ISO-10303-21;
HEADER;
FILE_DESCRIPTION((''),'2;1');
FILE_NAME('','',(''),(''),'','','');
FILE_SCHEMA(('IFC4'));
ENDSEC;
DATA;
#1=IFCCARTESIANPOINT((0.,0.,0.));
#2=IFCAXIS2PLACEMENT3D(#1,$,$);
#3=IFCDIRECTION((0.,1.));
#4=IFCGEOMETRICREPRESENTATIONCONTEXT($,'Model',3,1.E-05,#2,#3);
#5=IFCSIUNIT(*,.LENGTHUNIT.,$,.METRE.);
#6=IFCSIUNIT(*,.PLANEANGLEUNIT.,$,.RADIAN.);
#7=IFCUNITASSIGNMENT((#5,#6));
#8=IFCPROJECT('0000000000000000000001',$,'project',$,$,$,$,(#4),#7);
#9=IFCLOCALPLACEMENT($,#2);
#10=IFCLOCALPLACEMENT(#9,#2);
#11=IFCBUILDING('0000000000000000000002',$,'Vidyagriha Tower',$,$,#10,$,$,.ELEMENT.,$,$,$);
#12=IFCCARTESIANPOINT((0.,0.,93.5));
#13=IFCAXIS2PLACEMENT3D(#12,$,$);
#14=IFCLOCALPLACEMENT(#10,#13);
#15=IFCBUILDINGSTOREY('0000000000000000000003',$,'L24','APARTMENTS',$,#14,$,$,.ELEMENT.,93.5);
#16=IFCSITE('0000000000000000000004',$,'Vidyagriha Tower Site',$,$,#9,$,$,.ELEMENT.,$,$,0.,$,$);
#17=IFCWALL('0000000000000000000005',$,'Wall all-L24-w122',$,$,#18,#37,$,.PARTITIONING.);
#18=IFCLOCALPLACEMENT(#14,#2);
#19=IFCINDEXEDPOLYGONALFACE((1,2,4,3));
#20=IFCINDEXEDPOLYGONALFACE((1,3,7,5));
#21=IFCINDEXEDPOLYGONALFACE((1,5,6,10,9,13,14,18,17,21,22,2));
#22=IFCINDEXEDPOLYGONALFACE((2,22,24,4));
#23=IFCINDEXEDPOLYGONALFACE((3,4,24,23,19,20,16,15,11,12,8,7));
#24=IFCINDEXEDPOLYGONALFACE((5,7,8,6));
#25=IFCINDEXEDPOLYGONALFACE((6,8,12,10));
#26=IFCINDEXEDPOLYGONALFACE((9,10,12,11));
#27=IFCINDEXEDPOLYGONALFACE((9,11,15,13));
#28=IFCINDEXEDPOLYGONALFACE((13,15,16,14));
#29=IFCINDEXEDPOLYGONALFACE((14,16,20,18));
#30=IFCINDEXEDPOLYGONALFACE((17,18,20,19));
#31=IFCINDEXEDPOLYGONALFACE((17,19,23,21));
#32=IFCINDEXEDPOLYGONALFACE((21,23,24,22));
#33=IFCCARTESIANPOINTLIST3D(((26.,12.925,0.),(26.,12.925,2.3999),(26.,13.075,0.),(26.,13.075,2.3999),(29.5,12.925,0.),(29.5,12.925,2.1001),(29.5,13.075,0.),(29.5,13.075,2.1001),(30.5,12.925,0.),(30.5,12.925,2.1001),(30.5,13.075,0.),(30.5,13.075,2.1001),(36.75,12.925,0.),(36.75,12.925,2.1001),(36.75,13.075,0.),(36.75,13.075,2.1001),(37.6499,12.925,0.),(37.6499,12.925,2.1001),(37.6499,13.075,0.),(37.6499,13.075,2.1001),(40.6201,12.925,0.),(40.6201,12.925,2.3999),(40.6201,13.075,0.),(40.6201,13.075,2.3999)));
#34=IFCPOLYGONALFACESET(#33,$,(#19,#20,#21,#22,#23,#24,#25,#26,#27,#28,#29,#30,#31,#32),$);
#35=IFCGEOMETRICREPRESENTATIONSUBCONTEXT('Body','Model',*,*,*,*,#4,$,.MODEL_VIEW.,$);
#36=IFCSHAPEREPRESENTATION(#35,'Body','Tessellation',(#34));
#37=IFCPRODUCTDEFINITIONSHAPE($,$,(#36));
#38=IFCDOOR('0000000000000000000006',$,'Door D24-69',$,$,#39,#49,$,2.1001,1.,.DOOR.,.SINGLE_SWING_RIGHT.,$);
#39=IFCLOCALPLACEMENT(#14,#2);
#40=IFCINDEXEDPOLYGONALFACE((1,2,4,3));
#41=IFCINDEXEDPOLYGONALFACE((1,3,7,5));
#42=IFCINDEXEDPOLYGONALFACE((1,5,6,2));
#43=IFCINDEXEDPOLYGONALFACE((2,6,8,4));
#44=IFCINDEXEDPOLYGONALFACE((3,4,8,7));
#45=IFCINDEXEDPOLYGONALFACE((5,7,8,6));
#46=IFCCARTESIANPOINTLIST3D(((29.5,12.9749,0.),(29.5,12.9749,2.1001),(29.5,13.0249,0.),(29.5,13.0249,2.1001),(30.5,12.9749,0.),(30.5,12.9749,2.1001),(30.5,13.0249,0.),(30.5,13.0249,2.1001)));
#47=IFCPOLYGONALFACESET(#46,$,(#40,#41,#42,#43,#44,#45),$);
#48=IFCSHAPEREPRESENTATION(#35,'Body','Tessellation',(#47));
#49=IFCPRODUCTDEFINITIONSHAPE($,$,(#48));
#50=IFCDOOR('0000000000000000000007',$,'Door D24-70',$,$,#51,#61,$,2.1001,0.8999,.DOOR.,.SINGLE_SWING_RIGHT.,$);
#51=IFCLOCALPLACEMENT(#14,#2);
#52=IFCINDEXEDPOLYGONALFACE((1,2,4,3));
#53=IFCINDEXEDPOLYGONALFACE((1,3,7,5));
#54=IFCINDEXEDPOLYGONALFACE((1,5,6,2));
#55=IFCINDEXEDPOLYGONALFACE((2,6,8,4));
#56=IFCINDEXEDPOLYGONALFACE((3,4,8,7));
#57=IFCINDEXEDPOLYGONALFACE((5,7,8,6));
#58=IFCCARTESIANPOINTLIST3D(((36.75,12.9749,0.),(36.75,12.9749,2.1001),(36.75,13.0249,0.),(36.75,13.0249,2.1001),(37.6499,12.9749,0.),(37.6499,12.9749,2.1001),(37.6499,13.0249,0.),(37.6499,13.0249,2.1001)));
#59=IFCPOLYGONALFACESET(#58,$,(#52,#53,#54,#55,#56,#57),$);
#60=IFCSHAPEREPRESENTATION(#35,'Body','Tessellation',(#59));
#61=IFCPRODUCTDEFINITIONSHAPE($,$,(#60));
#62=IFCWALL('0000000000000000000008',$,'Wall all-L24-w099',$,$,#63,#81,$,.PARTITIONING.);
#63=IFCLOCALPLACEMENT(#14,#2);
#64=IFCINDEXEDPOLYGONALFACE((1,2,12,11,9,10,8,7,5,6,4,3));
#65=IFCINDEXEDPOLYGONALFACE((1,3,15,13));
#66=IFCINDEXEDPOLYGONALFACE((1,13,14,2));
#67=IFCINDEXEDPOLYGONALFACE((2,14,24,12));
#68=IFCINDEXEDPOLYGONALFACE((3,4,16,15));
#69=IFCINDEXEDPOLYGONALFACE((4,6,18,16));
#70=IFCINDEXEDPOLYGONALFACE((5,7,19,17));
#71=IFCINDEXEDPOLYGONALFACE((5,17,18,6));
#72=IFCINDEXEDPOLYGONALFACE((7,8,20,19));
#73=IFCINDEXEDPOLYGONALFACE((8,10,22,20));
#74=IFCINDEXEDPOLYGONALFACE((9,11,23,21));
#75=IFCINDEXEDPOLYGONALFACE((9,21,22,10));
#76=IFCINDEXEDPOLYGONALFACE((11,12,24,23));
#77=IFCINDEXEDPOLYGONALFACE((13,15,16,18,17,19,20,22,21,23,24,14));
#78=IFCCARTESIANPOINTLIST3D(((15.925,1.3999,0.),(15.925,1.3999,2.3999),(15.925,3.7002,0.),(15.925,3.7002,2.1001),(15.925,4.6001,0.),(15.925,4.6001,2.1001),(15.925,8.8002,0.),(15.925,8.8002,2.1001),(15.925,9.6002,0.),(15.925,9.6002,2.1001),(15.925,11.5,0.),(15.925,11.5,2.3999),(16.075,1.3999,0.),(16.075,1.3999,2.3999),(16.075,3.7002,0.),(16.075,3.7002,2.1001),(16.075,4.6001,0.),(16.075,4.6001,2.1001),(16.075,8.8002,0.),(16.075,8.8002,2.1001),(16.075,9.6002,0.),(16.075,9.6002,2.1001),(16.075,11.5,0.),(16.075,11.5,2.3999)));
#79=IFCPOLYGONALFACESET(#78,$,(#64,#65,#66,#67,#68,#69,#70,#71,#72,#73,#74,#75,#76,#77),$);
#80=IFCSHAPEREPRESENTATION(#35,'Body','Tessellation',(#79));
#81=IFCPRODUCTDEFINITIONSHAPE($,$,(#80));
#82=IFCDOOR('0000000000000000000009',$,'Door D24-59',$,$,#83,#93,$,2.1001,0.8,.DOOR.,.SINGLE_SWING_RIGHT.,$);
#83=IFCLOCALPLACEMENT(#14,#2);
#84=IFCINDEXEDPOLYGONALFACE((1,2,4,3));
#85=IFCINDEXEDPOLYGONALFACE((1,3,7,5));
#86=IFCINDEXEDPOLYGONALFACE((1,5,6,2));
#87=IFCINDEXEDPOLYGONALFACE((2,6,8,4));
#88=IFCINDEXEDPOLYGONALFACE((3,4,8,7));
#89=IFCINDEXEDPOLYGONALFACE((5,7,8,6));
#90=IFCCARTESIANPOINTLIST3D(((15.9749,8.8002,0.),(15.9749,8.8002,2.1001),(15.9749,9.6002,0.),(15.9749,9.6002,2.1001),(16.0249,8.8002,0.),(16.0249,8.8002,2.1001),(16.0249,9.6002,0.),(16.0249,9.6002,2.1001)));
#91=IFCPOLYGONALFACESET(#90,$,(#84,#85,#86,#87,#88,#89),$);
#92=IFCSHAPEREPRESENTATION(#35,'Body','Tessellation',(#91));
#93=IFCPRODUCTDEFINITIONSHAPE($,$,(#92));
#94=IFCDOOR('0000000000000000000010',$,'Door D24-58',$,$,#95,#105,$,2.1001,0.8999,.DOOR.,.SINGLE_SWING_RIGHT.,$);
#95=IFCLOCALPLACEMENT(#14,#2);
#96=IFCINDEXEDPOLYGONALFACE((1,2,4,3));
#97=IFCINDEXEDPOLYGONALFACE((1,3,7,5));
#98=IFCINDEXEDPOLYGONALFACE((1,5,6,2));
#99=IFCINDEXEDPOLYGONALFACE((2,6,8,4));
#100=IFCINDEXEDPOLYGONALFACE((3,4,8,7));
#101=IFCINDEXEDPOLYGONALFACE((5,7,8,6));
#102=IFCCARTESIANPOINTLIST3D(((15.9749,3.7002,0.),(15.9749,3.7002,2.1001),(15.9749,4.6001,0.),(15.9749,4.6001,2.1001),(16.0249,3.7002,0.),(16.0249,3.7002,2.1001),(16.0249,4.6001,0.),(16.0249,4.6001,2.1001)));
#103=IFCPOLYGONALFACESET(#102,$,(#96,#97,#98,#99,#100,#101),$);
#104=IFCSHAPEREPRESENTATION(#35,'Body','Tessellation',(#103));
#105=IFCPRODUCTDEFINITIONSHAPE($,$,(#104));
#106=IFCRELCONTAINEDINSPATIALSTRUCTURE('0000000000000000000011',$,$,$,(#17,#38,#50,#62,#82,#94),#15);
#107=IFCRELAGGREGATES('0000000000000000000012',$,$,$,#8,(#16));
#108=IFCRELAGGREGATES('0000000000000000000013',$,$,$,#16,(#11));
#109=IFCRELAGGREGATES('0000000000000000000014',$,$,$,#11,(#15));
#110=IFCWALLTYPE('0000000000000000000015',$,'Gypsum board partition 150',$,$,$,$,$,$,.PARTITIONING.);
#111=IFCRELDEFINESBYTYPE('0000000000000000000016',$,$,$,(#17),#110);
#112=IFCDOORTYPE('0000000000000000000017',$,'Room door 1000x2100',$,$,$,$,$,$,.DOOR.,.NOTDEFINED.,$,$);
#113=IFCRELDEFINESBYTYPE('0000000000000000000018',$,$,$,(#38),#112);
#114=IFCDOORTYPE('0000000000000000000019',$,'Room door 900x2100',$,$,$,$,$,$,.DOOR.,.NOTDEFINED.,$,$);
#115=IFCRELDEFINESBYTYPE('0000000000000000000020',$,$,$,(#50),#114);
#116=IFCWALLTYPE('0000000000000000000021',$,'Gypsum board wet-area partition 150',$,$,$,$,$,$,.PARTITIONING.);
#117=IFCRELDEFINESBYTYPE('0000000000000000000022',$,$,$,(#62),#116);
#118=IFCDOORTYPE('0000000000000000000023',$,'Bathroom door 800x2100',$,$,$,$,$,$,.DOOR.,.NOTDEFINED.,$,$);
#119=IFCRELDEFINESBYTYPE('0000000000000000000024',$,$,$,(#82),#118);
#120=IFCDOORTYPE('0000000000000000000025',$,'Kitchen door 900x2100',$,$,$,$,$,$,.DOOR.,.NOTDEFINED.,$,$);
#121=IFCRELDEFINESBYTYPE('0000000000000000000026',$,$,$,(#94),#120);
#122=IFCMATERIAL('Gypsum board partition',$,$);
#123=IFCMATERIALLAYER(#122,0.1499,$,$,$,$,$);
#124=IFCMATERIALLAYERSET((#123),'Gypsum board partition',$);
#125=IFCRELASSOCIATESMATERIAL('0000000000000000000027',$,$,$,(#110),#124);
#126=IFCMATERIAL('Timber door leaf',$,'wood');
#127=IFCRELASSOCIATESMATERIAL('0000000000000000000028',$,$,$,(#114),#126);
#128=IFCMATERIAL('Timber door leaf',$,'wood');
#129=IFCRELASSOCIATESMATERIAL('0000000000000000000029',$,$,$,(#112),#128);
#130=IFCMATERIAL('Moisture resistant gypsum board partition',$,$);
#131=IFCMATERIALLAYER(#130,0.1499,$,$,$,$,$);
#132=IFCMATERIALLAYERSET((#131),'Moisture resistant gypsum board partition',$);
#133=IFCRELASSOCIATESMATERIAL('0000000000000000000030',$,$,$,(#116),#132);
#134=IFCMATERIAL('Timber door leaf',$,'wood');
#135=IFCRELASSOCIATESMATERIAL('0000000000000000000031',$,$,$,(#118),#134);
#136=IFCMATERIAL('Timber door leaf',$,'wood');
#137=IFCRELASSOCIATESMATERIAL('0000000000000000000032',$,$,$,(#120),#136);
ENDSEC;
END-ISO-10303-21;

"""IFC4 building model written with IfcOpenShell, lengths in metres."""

from ifc_helpers import new_model, si_unit, direction, frame, frame_2d, origin, place, context, subcontext, project, spatial, rectangle, extrude, material, layer, layer_set, type_object, element, fill, save


model = new_model("IFC4")

# Units and contexts
model_context = context("Model", 3, precision=1e-05, world=origin(), true_north=direction((0.0, 1.0)))
body_context = subcontext(model_context, "Body", "Model", "MODEL_VIEW")
ifc_project = project(units=[si_unit("LENGTHUNIT", "METRE"), si_unit("PLANEANGLEUNIT", "RADIAN")], contexts=[model_context])

# Site, building, storey
site_placement = place(None, origin())
site = spatial("IfcSite", under=ifc_project, at=site_placement, Name="Vidyagriha Tower Site", CompositionType="ELEMENT", RefElevation=0.0)
building_placement = place(site_placement, origin())
building = spatial("IfcBuilding", under=site, at=building_placement, Name="Vidyagriha Tower", CompositionType="ELEMENT")
storey_placement = place(building_placement, frame((0.0, 0.0, 93.5)))
storey = spatial("IfcBuildingStorey", under=building, at=storey_placement, Name="L24", Description="APARTMENTS", CompositionType="ELEMENT", Elevation=93.5)

# Shared definitions
ifc_material_1 = material(Name="Gypsum board partition")
ifc_layer_1 = layer(ifc_material_1, 0.1499)
ifc_layer_set_1 = layer_set([ifc_layer_1], Name="Gypsum board partition")
wall_type_1 = type_object("IfcWallType", Name="Gypsum board partition 150", PredefinedType="PARTITIONING", material=ifc_layer_set_1)

# Shared definitions
ifc_material_2 = material(Name="Timber door leaf", Category="wood")
door_type_1 = type_object("IfcDoorType", Name="Room door 900x2100", OperationType="NOTDEFINED", PredefinedType="DOOR", material=ifc_material_2)

# Walls, openings, doors
wall_1_placement = place(storey_placement, frame((26.0, 13.0, 0.0)))
wall_1 = element("IfcWall", 1, at=wall_1_placement, inside=storey, type_object=wall_type_1, Name="Wall all-L24-w122", PredefinedType="PARTITIONING", context=body_context, shape_type="SweptSolid", body=[
    extrude(rectangle(XDim=14.6201, YDim=0.1499, at=frame_2d((7.3101, 0.0))), origin(), (0.0, 0.0, 1.0), 2.3999),
])
opening_1_placement = place(wall_1_placement, frame((3.5, 0.0, 0.0)))
opening_1 = element("IfcOpeningElement", 2, at=opening_1_placement, cuts=wall_1, PredefinedType="OPENING", context=body_context, shape_type="SweptSolid", body=[
    extrude(rectangle(XDim=1.0, YDim=2.1001, at=frame_2d((0.5, 1.05))), frame((0.0, 0.085, 0.0), z_axis=(0.0, -1.0, 0.0), x_axis=(1.0, 0.0, 0.0)), (0.0, 0.0, 1.0), 0.1699),
])
opening_2_placement = place(wall_1_placement, frame((10.75, 0.0, 0.0)))
opening_2 = element("IfcOpeningElement", 3, at=opening_2_placement, cuts=wall_1, PredefinedType="OPENING", context=body_context, shape_type="SweptSolid", body=[
    extrude(rectangle(XDim=0.8999, YDim=2.1001, at=frame_2d((0.45, 1.05))), frame((0.0, 0.085, 0.0), z_axis=(0.0, -1.0, 0.0), x_axis=(1.0, 0.0, 0.0)), (0.0, 0.0, 1.0), 0.1699),
])
ifc_material_3 = material(Name="Timber door leaf", Category="wood")
door_type_2 = type_object("IfcDoorType", Name="Room door 1000x2100", OperationType="NOTDEFINED", PredefinedType="DOOR", material=ifc_material_3)
door_1_placement = place(opening_1_placement, origin())
door_1 = element("IfcDoor", 4, at=door_1_placement, inside=storey, type_object=door_type_2, Name="Door D24-69", OperationType="SINGLE_SWING_RIGHT", OverallHeight=2.1001, OverallWidth=1.0, PredefinedType="DOOR", context=body_context, shape_type="SweptSolid", body=[
    extrude(rectangle(XDim=1.0, YDim=2.1001, at=frame_2d((0.5, 1.05))), frame((0.0, 0.0249, 0.0), z_axis=(0.0, -1.0, 0.0), x_axis=(1.0, 0.0, 0.0)), (0.0, 0.0, 1.0), 0.05),
])
fill(opening_1, door_1)
door_2_placement = place(opening_2_placement, origin())
door_2 = element("IfcDoor", 5, at=door_2_placement, inside=storey, type_object=door_type_1, Name="Door D24-70", OperationType="SINGLE_SWING_RIGHT", OverallHeight=2.1001, OverallWidth=0.8999, PredefinedType="DOOR", context=body_context, shape_type="SweptSolid", body=[
    extrude(rectangle(XDim=0.8999, YDim=2.1001, at=frame_2d((0.45, 1.05))), frame((0.0, 0.0249, 0.0), z_axis=(0.0, -1.0, 0.0), x_axis=(1.0, 0.0, 0.0)), (0.0, 0.0, 1.0), 0.05),
])
fill(opening_2, door_2)
ifc_material_4 = material(Name="Moisture resistant gypsum board partition")
ifc_layer_2 = layer(ifc_material_4, 0.1499)
ifc_layer_set_2 = layer_set([ifc_layer_2], Name="Moisture resistant gypsum board partition")
wall_type_2 = type_object("IfcWallType", Name="Gypsum board wet-area partition 150", PredefinedType="PARTITIONING", material=ifc_layer_set_2)
wall_2_placement = place(storey_placement, frame((16.0, 11.5, 0.0), z_axis=(0.0, 0.0, 1.0), x_axis=(0.0, -1.0, 0.0)))
wall_2 = element("IfcWall", 6, at=wall_2_placement, inside=storey, type_object=wall_type_2, Name="Wall all-L24-w099", PredefinedType="PARTITIONING", context=body_context, shape_type="SweptSolid", body=[
    extrude(rectangle(XDim=10.1001, YDim=0.1499, at=frame_2d((5.05, 0.0))), origin(), (0.0, 0.0, 1.0), 2.3999),
])
opening_3_placement = place(wall_2_placement, frame((6.8999, 0.0, 0.0)))
opening_3 = element("IfcOpeningElement", 7, at=opening_3_placement, cuts=wall_2, PredefinedType="OPENING", context=body_context, shape_type="SweptSolid", body=[
    extrude(rectangle(XDim=0.8999, YDim=2.1001, at=frame_2d((0.45, 1.05))), frame((0.0, 0.085, 0.0), z_axis=(0.0, -1.0, 0.0), x_axis=(1.0, 0.0, 0.0)), (0.0, 0.0, 1.0), 0.1699),
])
opening_4_placement = place(wall_2_placement, frame((1.8999, 0.0, 0.0)))
opening_4 = element("IfcOpeningElement", 8, at=opening_4_placement, cuts=wall_2, PredefinedType="OPENING", context=body_context, shape_type="SweptSolid", body=[
    extrude(rectangle(XDim=0.8, YDim=2.1001, at=frame_2d((0.3999, 1.05))), frame((0.0, 0.085, 0.0), z_axis=(0.0, -1.0, 0.0), x_axis=(1.0, 0.0, 0.0)), (0.0, 0.0, 1.0), 0.1699),
])
ifc_material_5 = material(Name="Timber door leaf", Category="wood")
door_type_3 = type_object("IfcDoorType", Name="Bathroom door 800x2100", OperationType="NOTDEFINED", PredefinedType="DOOR", material=ifc_material_5)
door_3_placement = place(opening_4_placement, origin())
door_3 = element("IfcDoor", 9, at=door_3_placement, inside=storey, type_object=door_type_3, Name="Door D24-59", OperationType="SINGLE_SWING_RIGHT", OverallHeight=2.1001, OverallWidth=0.8, PredefinedType="DOOR", context=body_context, shape_type="SweptSolid", body=[
    extrude(rectangle(XDim=0.8, YDim=2.1001, at=frame_2d((0.3999, 1.05))), frame((0.0, 0.0249, 0.0), z_axis=(0.0, -1.0, 0.0), x_axis=(1.0, 0.0, 0.0)), (0.0, 0.0, 1.0), 0.05),
])
fill(opening_4, door_3)
ifc_material_6 = material(Name="Timber door leaf", Category="wood")
door_type_4 = type_object("IfcDoorType", Name="Kitchen door 900x2100", OperationType="NOTDEFINED", PredefinedType="DOOR", material=ifc_material_6)
door_4_placement = place(opening_3_placement, origin())
door_4 = element("IfcDoor", 10, at=door_4_placement, inside=storey, type_object=door_type_4, Name="Door D24-58", OperationType="SINGLE_SWING_RIGHT", OverallHeight=2.1001, OverallWidth=0.8999, PredefinedType="DOOR", context=body_context, shape_type="SweptSolid", body=[
    extrude(rectangle(XDim=0.8999, YDim=2.1001, at=frame_2d((0.45, 1.05))), frame((0.0, 0.0249, 0.0), z_axis=(0.0, -1.0, 0.0), x_axis=(1.0, 0.0, 0.0)), (0.0, 0.0, 1.0), 0.05),
])
fill(opening_3, door_4)

save(model, "model.ifc")
